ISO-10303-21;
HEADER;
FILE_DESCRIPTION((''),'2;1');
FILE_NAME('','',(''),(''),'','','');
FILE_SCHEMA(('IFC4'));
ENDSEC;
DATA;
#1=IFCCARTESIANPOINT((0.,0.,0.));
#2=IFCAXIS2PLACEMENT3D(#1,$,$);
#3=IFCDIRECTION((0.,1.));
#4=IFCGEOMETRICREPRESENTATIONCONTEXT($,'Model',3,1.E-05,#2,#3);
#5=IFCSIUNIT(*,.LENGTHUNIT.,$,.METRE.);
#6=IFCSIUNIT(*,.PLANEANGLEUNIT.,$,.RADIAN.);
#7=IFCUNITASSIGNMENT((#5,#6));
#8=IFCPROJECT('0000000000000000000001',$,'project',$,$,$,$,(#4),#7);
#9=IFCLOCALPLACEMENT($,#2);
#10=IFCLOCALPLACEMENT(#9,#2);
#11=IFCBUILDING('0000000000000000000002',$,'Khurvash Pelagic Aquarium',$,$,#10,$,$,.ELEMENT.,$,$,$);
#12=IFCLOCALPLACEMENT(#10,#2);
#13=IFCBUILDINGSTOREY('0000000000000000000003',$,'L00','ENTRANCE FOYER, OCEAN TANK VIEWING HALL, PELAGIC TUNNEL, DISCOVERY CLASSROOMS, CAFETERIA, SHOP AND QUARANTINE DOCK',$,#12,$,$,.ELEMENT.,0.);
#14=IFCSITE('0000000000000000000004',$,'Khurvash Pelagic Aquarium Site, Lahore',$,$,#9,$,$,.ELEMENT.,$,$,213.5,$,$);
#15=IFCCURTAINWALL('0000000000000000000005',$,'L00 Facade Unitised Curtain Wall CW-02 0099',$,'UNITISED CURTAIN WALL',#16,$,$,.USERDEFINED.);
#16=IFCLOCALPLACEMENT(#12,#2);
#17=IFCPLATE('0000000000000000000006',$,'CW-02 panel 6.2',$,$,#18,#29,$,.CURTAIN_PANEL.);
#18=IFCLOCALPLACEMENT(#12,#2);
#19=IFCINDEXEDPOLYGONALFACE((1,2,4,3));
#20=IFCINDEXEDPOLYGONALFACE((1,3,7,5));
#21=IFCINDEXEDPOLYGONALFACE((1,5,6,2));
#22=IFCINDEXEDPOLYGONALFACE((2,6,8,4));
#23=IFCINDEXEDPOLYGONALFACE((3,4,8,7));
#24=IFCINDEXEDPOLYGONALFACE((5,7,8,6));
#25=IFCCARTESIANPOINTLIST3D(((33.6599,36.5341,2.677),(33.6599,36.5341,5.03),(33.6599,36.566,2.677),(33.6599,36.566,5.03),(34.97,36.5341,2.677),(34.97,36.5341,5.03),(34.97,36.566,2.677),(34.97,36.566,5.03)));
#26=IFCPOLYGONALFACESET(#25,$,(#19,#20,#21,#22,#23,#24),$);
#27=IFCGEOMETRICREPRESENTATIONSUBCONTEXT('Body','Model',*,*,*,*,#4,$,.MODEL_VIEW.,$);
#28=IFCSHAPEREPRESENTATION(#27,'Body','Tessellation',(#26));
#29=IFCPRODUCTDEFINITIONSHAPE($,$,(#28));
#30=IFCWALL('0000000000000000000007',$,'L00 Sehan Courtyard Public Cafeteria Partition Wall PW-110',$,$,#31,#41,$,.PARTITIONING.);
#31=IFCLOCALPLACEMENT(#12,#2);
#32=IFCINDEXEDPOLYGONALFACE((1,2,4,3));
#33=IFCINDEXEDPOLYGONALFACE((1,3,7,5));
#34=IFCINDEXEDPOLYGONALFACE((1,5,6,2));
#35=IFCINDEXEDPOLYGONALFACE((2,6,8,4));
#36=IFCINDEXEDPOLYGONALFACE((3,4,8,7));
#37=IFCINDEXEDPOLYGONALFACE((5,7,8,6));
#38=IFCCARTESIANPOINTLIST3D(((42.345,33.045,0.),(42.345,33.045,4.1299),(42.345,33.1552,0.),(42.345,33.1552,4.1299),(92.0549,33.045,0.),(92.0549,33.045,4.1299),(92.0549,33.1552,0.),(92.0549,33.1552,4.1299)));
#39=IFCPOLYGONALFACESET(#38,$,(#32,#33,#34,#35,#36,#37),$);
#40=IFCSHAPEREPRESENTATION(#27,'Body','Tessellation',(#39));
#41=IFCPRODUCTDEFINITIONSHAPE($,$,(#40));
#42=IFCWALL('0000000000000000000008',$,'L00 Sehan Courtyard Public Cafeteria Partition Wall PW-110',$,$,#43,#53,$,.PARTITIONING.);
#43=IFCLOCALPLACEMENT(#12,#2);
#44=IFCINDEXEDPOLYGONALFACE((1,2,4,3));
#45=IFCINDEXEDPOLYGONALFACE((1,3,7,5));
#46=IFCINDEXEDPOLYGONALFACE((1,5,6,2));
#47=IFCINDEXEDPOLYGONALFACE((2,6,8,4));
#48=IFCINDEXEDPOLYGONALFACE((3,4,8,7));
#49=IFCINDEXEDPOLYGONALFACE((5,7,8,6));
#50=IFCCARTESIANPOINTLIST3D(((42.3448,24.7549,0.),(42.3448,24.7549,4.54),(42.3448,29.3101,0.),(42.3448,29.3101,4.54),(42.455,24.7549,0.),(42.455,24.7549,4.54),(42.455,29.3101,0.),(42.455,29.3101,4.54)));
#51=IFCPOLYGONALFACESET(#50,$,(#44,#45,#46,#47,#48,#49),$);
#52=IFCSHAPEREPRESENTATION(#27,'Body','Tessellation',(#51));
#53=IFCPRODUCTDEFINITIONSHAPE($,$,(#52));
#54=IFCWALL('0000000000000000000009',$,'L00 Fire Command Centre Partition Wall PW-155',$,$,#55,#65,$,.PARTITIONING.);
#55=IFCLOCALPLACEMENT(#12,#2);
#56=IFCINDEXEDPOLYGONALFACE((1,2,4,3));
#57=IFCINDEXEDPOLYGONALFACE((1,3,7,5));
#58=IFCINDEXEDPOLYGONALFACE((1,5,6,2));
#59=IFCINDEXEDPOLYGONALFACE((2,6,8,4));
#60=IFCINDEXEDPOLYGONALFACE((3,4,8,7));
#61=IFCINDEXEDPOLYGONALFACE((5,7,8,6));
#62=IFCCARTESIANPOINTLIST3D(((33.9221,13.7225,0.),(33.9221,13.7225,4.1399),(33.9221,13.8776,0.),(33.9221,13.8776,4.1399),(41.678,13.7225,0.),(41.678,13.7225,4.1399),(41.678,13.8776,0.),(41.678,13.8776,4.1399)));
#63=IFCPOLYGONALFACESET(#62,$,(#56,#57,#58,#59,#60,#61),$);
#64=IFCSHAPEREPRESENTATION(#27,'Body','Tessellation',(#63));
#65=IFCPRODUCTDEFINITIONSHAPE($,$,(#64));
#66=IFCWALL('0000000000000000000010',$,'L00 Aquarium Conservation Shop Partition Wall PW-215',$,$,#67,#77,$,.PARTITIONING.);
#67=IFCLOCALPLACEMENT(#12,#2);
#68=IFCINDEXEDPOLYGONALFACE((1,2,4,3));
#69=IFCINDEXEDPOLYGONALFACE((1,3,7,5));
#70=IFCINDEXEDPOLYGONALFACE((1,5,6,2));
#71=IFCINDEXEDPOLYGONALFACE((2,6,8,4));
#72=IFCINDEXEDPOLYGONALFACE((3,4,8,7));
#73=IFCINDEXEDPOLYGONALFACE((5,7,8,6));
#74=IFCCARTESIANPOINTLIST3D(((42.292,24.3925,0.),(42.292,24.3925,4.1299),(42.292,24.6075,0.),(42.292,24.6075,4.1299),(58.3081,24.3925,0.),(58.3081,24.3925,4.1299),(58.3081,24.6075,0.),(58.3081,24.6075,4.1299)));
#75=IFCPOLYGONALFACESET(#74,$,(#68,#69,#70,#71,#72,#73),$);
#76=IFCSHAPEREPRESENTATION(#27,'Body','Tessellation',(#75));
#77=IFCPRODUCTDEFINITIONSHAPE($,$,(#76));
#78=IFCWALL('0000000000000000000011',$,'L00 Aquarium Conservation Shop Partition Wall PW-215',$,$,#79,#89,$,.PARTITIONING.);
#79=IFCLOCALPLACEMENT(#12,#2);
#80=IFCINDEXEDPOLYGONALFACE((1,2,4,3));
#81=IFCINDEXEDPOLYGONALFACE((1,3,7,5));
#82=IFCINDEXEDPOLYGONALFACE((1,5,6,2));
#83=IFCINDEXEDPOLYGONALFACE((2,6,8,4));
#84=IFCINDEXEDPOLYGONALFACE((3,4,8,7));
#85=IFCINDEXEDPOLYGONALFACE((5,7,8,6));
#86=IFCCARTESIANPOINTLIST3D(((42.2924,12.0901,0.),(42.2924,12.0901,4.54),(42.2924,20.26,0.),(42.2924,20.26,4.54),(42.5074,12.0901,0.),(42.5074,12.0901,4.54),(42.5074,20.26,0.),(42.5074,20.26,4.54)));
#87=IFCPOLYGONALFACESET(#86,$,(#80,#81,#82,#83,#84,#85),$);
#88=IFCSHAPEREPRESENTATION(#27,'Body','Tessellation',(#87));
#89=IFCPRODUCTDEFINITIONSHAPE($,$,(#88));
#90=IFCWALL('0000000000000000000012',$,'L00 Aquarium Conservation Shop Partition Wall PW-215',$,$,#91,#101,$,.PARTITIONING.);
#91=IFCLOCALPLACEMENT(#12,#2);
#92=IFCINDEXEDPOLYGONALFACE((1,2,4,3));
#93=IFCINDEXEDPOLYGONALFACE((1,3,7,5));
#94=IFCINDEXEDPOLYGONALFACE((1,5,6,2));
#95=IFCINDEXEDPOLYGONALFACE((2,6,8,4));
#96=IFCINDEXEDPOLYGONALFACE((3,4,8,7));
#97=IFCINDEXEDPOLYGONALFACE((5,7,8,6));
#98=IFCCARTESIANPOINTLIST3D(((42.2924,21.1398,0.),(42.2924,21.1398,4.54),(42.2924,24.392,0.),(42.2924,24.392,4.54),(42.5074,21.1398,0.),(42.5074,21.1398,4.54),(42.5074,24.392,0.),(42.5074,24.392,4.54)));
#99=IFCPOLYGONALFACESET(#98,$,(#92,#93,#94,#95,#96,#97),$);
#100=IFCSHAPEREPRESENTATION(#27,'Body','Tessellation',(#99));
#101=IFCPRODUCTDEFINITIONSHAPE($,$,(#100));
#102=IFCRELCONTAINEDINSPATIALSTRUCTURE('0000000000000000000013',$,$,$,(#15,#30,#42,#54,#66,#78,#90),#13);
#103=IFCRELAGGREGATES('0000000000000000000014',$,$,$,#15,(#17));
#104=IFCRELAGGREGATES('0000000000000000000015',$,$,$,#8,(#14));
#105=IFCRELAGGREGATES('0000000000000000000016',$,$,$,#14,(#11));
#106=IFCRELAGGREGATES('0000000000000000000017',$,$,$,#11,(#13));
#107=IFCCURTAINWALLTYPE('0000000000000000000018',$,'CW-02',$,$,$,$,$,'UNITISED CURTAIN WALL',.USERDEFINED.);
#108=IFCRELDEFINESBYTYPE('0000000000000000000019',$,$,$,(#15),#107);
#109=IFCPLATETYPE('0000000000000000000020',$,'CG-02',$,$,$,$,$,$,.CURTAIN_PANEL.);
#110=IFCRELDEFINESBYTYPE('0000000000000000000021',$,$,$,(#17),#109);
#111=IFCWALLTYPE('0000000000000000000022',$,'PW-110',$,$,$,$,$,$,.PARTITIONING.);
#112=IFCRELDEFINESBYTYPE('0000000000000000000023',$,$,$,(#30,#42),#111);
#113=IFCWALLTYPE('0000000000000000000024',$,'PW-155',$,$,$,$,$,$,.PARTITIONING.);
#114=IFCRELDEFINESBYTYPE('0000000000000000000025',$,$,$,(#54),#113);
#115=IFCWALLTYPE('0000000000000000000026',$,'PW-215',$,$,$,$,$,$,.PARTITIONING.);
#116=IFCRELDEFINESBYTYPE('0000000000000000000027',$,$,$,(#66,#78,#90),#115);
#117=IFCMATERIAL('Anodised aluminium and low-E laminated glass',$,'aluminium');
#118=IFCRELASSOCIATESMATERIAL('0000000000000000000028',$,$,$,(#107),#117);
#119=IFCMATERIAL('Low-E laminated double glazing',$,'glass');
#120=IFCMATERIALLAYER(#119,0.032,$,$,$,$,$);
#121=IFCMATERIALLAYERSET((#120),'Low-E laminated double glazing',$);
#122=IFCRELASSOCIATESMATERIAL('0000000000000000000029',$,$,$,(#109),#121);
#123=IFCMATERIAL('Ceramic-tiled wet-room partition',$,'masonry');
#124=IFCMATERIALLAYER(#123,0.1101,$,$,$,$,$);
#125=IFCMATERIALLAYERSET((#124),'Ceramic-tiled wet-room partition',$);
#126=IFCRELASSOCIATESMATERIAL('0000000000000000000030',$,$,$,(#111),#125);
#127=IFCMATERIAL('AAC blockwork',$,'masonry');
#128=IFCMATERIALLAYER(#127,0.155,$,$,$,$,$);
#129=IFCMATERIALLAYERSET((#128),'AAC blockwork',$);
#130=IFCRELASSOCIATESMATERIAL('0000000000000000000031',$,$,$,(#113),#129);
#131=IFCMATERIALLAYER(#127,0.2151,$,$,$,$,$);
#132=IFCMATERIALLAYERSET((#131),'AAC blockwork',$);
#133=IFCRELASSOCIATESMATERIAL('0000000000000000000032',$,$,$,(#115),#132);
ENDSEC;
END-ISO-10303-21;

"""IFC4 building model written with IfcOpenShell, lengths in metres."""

from ifc_helpers import new_model, si_unit, direction, frame, frame_2d, origin, origin_2d, place, context, subcontext, project, spatial, rectangle, extrude, material, layer, layer_set, type_object, element, aggregate, save


model = new_model("IFC4")

# Units and contexts
model_context = context("Model", 3, precision=1e-05, world=origin(), true_north=direction((0.0, 1.0)))
body_context = subcontext(model_context, "Body", "Model", "MODEL_VIEW")
ifc_project = project(units=[si_unit("LENGTHUNIT", "METRE"), si_unit("PLANEANGLEUNIT", "RADIAN")], contexts=[model_context])

# Site, building, storey
site_placement = place(None, origin())
site = spatial("IfcSite", under=ifc_project, at=site_placement, Name="Khurvash Pelagic Aquarium Site, Lahore", CompositionType="ELEMENT", RefElevation=213.5)
building_placement = place(site_placement, origin())
building = spatial("IfcBuilding", under=site, at=building_placement, Name="Khurvash Pelagic Aquarium", CompositionType="ELEMENT")
storey_placement = place(building_placement, origin())
storey = spatial("IfcBuildingStorey", under=building, at=storey_placement, Name="L00", Description="ENTRANCE FOYER, OCEAN TANK VIEWING HALL, PELAGIC TUNNEL, DISCOVERY CLASSROOMS, CAFETERIA, SHOP AND QUARANTINE DOCK", CompositionType="ELEMENT", Elevation=0.0)

# Curtain wall
ifc_material_1 = material(Name="Anodised aluminium and low-E laminated glass", Category="aluminium")
curtain_wall_type = type_object("IfcCurtainWallType", Name="CW-02", ElementType="UNITISED CURTAIN WALL", PredefinedType="USERDEFINED", material=ifc_material_1)
curtain_wall_placement = place(storey_placement, origin())
curtain_wall = element("IfcCurtainWall", 1, at=curtain_wall_placement, inside=storey, type_object=curtain_wall_type, Name="L00 Facade Unitised Curtain Wall CW-02 0099", ObjectType="UNITISED CURTAIN WALL", PredefinedType="USERDEFINED")

# Plate
ifc_material_2 = material(Name="Low-E laminated double glazing", Category="glass")
ifc_layer_1 = layer(ifc_material_2, 0.032)
ifc_layer_set_1 = layer_set([ifc_layer_1], Name="Low-E laminated double glazing")
plate_type = type_object("IfcPlateType", Name="CG-02", PredefinedType="CURTAIN_PANEL", material=ifc_layer_set_1)
plate_1_placement = place(storey_placement, frame((34.3149, 36.55, 2.677), z_axis=(0.0, 0.0, 1.0), x_axis=(-1.0, 0.0, 0.0)))
plate_1 = element("IfcPlate", 2, at=plate_1_placement, type_object=plate_type, Name="CW-02 panel 6.2", PredefinedType="CURTAIN_PANEL", context=body_context, shape_type="SweptSolid", body=[
    extrude(rectangle(XDim=1.3101, YDim=0.032, at=origin_2d()), origin(), (0.0, 0.0, 1.0), 2.353),
])
aggregate(curtain_wall, [plate_1])

# Walls
ifc_material_3 = material(Name="Ceramic-tiled wet-room partition", Category="masonry")
ifc_layer_2 = layer(ifc_material_3, 0.1101)
ifc_layer_set_2 = layer_set([ifc_layer_2], Name="Ceramic-tiled wet-room partition")
wall_type_1 = type_object("IfcWallType", Name="PW-110", PredefinedType="PARTITIONING", material=ifc_layer_set_2)
wall_1_placement = place(storey_placement, frame((42.345, 33.1001, 0.0), z_axis=(0.0, 0.0, 1.0), x_axis=(1.0, 0.0, 0.0)))
element("IfcWall", 3, at=wall_1_placement, inside=storey, type_object=wall_type_1, Name="L00 Sehan Courtyard Public Cafeteria Partition Wall PW-110", PredefinedType="PARTITIONING", context=body_context, shape_type="SweptSolid", body=[
    extrude(rectangle(XDim=49.71, YDim=0.1101, at=frame_2d((24.855, 0.0))), origin(), (0.0, 0.0, 1.0), 4.1299),
])
wall_2_placement = place(storey_placement, frame((42.3999, 24.7549, 0.0), z_axis=(0.0, 0.0, 1.0), x_axis=(0.0, 1.0, 0.0)))
element("IfcWall", 4, at=wall_2_placement, inside=storey, type_object=wall_type_1, Name="L00 Sehan Courtyard Public Cafeteria Partition Wall PW-110", PredefinedType="PARTITIONING", context=body_context, shape_type="SweptSolid", body=[
    extrude(rectangle(XDim=4.5552, YDim=0.1101, at=frame_2d((2.2776, 0.0))), origin(), (0.0, 0.0, 1.0), 4.54),
])
ifc_material_4 = material(Name="AAC blockwork", Category="masonry")
ifc_layer_3 = layer(ifc_material_4, 0.155)
ifc_layer_set_3 = layer_set([ifc_layer_3], Name="AAC blockwork")
wall_type_2 = type_object("IfcWallType", Name="PW-155", PredefinedType="PARTITIONING", material=ifc_layer_set_3)
wall_3_placement = place(storey_placement, frame((33.9221, 13.8, 0.0), z_axis=(0.0, 0.0, 1.0), x_axis=(1.0, 0.0, 0.0)))
element("IfcWall", 5, at=wall_3_placement, inside=storey, type_object=wall_type_2, Name="L00 Fire Command Centre Partition Wall PW-155", PredefinedType="PARTITIONING", context=body_context, shape_type="SweptSolid", body=[
    extrude(rectangle(XDim=7.7559, YDim=0.155, at=frame_2d((3.8779, 0.0))), origin(), (0.0, 0.0, 1.0), 4.1399),
])
ifc_layer_4 = layer(ifc_material_4, 0.2151)
ifc_layer_set_4 = layer_set([ifc_layer_4], Name="AAC blockwork")
wall_type_3 = type_object("IfcWallType", Name="PW-215", PredefinedType="PARTITIONING", material=ifc_layer_set_4)
wall_4_placement = place(storey_placement, frame((42.292, 24.5, 0.0), z_axis=(0.0, 0.0, 1.0), x_axis=(1.0, 0.0, 0.0)))
element("IfcWall", 6, at=wall_4_placement, inside=storey, type_object=wall_type_3, Name="L00 Aquarium Conservation Shop Partition Wall PW-215", PredefinedType="PARTITIONING", context=body_context, shape_type="SweptSolid", body=[
    extrude(rectangle(XDim=16.0161, YDim=0.2151, at=frame_2d((8.0081, 0.0))), origin(), (0.0, 0.0, 1.0), 4.1299),
])
wall_5_placement = place(storey_placement, frame((42.3999, 12.0901, 0.0), z_axis=(0.0, 0.0, 1.0), x_axis=(0.0, 1.0, 0.0)))
element("IfcWall", 7, at=wall_5_placement, inside=storey, type_object=wall_type_3, Name="L00 Aquarium Conservation Shop Partition Wall PW-215", PredefinedType="PARTITIONING", context=body_context, shape_type="SweptSolid", body=[
    extrude(rectangle(XDim=8.1699, YDim=0.2151, at=frame_2d((4.085, 0.0))), origin(), (0.0, 0.0, 1.0), 4.54),
])
wall_6_placement = place(storey_placement, frame((42.3999, 21.1399, 0.0), z_axis=(0.0, 0.0, 1.0), x_axis=(0.0, 1.0, 0.0)))
element("IfcWall", 8, at=wall_6_placement, inside=storey, type_object=wall_type_3, Name="L00 Aquarium Conservation Shop Partition Wall PW-215", PredefinedType="PARTITIONING", context=body_context, shape_type="SweptSolid", body=[
    extrude(rectangle(XDim=3.2522, YDim=0.2151, at=frame_2d((1.626, 0.0))), origin(), (0.0, 0.0, 1.0), 4.54),
])

save(model, "model.ifc")
